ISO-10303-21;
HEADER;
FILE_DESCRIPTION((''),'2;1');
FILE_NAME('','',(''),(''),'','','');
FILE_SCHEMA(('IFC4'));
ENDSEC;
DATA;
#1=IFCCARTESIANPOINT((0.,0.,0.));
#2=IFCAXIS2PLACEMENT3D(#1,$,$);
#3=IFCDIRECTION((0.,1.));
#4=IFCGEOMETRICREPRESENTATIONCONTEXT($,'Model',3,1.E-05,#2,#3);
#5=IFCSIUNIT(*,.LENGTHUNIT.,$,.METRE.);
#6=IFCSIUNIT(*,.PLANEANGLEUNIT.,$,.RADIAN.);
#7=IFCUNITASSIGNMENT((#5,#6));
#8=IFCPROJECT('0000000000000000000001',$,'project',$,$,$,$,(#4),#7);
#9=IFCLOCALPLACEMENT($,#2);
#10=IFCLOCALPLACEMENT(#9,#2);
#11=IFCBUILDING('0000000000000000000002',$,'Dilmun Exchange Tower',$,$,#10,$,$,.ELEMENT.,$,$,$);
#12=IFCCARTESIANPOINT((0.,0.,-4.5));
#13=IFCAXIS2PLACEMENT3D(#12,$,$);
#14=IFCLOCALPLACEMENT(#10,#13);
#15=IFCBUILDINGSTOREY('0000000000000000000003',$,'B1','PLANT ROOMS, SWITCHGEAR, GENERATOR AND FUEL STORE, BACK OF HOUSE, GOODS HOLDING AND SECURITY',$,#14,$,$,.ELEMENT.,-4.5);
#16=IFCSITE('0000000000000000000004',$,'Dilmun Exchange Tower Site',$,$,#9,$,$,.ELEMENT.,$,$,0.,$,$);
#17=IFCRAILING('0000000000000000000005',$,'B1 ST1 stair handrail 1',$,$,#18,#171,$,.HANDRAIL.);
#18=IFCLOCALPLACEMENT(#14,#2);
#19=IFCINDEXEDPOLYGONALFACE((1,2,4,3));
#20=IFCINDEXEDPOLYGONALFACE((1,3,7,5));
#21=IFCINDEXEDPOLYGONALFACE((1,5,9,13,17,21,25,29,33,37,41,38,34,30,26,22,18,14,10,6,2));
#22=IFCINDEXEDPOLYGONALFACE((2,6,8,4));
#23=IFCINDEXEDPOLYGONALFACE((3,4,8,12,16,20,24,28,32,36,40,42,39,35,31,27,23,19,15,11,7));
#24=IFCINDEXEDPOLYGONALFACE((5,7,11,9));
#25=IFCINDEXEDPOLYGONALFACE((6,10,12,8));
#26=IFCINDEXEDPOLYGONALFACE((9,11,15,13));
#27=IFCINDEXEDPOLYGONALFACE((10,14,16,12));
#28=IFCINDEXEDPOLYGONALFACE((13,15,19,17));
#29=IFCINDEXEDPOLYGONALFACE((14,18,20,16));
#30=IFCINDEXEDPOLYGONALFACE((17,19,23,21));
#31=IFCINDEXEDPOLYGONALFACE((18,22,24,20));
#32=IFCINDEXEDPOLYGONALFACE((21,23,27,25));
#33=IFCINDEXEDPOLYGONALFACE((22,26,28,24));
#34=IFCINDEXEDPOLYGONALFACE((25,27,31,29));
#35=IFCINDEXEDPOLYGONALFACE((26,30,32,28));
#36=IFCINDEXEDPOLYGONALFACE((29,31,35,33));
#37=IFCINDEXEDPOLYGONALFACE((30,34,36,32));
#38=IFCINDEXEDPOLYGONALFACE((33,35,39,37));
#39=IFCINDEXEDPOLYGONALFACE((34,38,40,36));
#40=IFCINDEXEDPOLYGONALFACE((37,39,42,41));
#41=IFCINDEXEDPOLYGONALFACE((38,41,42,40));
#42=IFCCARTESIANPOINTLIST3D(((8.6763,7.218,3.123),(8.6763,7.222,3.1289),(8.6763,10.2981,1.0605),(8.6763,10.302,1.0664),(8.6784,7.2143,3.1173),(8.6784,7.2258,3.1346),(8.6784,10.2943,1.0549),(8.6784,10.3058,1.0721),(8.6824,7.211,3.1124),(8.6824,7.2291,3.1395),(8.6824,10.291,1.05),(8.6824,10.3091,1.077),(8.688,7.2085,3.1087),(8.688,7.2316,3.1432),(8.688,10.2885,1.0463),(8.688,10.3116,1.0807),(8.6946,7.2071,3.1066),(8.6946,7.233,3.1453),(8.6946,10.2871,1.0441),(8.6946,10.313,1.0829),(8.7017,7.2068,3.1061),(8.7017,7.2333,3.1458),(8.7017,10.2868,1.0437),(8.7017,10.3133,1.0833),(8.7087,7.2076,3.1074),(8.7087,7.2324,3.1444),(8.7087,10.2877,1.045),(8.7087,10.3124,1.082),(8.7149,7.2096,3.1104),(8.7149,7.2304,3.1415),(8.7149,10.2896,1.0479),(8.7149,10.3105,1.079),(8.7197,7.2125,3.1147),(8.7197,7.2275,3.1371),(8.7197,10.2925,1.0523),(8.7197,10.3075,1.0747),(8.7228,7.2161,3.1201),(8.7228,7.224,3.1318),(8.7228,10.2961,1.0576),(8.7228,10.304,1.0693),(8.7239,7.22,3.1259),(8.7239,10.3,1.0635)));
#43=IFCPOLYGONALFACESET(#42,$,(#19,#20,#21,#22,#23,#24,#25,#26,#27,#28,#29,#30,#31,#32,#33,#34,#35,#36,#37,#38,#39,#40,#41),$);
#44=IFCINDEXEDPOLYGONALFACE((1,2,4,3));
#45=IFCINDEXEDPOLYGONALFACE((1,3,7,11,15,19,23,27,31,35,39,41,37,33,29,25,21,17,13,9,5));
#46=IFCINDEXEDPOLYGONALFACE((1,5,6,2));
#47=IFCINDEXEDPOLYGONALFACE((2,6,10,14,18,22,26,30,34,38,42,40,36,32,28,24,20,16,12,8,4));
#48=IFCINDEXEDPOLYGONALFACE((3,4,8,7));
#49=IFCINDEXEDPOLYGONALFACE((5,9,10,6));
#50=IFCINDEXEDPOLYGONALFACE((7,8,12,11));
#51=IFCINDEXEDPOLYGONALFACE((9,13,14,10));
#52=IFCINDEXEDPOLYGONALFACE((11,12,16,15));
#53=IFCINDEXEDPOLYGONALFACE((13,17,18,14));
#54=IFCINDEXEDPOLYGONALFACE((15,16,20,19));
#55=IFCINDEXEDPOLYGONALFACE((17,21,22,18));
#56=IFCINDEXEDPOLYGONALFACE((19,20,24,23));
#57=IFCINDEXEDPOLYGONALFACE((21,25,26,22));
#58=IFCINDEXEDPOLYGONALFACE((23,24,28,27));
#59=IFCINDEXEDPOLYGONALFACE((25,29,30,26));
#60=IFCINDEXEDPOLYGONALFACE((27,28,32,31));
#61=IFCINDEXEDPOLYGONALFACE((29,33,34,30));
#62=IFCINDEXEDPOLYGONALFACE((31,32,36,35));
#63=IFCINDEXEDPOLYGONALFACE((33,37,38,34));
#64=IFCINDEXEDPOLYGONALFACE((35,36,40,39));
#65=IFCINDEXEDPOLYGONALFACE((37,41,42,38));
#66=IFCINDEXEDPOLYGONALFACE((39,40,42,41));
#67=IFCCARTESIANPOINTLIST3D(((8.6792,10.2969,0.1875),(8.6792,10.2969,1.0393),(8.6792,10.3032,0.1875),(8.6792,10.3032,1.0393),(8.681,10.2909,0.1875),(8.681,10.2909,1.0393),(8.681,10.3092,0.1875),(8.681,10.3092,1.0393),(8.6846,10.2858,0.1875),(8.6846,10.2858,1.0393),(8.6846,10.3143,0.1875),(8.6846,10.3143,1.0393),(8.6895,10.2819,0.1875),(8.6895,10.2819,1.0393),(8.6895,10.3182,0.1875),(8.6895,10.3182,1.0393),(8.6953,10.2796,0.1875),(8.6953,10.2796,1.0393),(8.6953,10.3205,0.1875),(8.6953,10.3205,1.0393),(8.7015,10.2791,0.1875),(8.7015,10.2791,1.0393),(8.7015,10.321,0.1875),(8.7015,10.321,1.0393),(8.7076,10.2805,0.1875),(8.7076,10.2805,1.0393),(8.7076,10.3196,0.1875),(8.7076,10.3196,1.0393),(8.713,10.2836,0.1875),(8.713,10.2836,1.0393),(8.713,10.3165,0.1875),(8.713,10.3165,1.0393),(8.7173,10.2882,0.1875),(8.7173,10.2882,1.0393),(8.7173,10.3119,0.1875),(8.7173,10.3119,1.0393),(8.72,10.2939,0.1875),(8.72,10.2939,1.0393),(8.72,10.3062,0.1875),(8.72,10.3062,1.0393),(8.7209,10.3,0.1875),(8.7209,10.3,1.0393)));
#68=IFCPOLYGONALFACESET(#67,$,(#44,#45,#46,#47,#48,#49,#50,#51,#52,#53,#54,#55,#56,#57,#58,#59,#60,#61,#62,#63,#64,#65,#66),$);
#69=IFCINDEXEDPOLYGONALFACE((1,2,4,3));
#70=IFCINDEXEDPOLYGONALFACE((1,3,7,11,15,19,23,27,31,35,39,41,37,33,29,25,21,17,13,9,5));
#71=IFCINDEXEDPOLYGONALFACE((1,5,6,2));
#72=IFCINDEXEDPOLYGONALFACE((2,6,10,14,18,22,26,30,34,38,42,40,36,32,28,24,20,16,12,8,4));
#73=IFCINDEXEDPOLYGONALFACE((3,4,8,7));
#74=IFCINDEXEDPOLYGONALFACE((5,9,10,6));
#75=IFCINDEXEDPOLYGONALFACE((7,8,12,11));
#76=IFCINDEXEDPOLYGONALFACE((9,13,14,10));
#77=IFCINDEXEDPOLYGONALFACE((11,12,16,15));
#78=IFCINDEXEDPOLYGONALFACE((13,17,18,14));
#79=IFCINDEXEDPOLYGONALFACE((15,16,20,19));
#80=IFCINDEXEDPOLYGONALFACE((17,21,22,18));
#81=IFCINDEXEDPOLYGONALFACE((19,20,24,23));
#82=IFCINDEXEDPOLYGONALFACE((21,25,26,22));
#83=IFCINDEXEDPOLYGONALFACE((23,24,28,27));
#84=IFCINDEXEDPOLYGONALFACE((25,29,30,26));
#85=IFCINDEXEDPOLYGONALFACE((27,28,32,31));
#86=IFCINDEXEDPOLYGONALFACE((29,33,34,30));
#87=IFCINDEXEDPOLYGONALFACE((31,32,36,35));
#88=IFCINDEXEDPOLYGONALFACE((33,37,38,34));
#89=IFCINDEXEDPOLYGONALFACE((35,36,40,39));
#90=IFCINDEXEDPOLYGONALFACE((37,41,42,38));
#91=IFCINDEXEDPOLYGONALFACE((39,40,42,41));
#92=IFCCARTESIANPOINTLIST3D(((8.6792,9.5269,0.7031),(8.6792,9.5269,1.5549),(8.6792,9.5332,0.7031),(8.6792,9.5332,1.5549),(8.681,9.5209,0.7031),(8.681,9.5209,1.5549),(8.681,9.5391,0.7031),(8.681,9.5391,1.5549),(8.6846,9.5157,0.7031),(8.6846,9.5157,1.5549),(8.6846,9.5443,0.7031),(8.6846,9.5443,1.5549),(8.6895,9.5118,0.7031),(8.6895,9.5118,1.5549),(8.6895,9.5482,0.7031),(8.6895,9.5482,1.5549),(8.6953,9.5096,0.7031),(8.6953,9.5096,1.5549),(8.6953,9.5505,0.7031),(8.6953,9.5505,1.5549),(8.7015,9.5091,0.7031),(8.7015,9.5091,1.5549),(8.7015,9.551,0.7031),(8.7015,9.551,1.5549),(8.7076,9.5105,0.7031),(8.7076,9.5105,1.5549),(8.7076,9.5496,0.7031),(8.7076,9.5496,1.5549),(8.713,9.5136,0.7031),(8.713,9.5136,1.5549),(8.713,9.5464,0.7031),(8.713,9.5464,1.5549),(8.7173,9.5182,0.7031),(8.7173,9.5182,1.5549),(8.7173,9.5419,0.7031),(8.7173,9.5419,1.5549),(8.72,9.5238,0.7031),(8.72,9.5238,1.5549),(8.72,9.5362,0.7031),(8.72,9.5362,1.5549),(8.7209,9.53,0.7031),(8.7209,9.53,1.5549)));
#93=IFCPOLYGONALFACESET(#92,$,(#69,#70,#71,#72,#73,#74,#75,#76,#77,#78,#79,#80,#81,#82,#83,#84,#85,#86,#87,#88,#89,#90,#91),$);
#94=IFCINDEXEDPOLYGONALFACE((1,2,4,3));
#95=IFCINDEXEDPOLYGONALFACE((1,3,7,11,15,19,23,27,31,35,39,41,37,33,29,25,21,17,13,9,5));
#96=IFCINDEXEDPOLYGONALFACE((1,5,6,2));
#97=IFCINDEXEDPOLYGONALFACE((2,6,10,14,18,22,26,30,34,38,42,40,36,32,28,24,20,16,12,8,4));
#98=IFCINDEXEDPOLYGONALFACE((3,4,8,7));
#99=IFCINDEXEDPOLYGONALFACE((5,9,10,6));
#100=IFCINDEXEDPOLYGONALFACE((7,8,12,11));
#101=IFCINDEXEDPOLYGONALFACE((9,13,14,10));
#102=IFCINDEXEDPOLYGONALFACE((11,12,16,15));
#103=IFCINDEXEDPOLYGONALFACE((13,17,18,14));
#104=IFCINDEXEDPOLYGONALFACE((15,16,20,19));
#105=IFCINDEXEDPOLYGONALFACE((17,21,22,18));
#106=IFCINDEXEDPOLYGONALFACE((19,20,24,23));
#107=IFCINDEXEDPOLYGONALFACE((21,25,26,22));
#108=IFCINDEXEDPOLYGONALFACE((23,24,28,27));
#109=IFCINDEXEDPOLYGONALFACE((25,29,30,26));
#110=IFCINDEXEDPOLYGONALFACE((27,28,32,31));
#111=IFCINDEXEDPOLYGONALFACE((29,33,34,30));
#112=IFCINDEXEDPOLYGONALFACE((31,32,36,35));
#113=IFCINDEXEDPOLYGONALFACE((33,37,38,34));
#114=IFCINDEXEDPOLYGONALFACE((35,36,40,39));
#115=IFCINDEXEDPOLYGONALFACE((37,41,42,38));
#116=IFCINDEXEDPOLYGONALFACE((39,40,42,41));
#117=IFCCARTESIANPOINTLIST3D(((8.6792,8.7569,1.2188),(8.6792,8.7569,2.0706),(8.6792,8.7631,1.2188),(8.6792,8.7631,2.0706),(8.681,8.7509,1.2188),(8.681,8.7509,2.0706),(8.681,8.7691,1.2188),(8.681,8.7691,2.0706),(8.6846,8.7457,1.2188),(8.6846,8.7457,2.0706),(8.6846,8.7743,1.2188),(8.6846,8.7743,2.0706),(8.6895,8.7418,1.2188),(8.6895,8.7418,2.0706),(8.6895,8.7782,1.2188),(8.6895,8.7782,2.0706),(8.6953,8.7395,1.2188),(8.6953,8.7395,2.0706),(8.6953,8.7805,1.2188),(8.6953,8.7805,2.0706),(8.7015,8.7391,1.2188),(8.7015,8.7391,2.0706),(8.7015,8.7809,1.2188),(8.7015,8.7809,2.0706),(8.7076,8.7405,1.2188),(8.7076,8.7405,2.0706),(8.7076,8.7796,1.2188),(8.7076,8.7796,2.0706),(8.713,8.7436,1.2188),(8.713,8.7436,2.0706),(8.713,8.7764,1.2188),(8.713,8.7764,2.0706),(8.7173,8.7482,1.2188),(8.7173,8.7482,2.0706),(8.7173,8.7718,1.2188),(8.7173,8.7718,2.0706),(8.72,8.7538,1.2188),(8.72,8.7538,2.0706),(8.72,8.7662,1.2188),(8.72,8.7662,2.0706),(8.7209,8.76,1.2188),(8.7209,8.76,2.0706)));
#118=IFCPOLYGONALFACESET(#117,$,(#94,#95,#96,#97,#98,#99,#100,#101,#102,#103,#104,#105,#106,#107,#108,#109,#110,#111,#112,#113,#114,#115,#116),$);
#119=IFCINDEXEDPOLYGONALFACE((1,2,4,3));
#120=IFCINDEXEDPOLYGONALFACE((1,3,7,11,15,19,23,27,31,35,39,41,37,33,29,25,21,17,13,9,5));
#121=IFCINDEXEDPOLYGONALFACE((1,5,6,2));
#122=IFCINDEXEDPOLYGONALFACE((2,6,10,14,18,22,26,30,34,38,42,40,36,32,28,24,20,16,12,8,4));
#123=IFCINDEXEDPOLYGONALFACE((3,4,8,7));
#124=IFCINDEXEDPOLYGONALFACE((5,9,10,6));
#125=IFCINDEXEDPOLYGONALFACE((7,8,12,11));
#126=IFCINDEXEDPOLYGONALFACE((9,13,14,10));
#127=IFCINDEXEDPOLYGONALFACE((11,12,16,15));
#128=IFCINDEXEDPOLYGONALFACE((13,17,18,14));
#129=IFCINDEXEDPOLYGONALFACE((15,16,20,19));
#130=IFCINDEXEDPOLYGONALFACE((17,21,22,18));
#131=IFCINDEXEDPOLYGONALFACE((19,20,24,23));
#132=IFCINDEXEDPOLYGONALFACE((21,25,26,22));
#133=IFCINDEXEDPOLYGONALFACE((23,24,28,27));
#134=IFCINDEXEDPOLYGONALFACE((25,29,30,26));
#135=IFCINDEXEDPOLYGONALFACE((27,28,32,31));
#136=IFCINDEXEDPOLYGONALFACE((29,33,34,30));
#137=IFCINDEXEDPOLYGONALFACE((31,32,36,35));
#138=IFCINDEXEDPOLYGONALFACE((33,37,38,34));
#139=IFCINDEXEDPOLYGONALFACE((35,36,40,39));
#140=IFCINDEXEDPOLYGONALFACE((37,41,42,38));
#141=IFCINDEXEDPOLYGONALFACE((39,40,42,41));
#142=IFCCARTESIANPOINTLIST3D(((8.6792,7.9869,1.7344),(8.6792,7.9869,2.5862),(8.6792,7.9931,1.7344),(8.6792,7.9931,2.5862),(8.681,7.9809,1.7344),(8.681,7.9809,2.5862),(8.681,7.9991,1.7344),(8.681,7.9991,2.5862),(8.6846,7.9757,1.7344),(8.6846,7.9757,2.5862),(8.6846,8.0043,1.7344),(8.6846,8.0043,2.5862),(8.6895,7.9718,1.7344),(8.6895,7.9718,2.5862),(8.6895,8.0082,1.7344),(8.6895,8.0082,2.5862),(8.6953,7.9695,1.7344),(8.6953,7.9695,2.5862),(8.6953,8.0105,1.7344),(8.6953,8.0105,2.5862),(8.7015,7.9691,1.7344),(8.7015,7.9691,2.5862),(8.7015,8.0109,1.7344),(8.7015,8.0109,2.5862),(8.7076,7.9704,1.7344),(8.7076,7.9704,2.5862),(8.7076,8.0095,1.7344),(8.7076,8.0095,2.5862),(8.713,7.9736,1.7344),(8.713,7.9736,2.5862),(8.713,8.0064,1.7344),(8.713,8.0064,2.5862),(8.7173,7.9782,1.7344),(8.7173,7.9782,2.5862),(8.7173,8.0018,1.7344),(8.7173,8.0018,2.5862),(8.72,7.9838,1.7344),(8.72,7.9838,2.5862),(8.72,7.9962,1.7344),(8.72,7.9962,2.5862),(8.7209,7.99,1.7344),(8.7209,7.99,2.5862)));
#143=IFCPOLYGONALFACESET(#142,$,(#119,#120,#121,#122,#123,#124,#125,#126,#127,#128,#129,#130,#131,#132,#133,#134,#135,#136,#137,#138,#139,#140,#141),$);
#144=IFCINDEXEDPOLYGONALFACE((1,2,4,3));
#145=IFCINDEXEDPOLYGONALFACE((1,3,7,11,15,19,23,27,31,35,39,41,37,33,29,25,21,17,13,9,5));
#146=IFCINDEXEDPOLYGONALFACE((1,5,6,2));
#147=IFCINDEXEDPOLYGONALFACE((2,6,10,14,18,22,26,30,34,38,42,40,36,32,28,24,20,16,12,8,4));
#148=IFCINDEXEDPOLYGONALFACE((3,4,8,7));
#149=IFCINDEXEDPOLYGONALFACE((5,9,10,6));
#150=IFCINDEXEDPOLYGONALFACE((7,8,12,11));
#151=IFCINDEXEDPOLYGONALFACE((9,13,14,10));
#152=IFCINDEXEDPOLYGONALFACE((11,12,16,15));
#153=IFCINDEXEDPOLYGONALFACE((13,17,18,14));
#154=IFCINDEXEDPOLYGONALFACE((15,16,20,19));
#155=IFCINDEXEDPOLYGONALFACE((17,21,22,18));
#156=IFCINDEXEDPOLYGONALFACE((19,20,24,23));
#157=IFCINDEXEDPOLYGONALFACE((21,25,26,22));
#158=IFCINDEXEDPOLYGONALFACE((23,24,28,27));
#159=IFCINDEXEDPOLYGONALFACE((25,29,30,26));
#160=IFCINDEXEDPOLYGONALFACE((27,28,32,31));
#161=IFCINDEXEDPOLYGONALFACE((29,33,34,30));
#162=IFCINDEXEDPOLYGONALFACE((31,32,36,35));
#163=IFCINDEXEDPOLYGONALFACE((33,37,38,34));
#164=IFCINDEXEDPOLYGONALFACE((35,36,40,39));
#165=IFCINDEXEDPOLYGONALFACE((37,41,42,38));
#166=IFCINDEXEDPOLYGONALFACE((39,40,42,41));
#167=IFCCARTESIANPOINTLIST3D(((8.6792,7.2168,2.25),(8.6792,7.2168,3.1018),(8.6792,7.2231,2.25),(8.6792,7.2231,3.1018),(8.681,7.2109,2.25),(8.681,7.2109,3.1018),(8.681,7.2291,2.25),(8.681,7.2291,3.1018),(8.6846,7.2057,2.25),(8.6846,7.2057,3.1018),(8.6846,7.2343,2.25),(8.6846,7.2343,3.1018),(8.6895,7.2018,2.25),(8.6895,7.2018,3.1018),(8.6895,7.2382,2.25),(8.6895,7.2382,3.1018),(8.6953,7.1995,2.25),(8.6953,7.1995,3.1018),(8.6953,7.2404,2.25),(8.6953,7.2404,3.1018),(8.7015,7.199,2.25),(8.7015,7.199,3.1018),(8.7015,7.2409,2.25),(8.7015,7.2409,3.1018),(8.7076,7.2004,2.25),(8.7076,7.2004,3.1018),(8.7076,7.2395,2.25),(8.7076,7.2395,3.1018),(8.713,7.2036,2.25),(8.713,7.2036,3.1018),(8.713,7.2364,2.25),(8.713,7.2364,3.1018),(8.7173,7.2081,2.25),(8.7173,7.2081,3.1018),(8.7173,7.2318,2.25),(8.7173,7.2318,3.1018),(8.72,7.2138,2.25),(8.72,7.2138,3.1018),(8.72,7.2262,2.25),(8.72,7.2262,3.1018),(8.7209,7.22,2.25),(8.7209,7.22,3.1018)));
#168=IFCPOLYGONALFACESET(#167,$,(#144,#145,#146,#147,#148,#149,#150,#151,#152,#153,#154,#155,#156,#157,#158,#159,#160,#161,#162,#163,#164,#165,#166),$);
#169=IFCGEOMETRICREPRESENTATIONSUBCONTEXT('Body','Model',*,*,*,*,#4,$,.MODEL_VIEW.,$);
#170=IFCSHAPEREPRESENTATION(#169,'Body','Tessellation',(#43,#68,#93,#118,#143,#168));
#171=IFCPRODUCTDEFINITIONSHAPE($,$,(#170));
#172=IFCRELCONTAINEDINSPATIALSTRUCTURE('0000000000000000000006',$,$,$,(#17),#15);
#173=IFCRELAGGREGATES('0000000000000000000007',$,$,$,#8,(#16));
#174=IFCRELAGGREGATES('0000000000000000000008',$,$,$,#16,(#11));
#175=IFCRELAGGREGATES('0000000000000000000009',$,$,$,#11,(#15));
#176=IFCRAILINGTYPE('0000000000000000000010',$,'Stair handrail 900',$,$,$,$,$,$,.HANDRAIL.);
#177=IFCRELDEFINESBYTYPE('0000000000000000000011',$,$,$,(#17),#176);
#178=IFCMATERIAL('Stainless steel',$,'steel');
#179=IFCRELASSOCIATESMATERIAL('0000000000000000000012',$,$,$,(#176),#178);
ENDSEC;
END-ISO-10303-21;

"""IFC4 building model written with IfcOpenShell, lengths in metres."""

from ifc_helpers import new_model, si_unit, direction, frame, origin, origin_2d, place, context, subcontext, project, spatial, circle, extrude, material, type_object, element, save


model = new_model("IFC4")

# Units and contexts
model_context = context("Model", 3, precision=1e-05, world=origin(), true_north=direction((0.0, 1.0)))
body_context = subcontext(model_context, "Body", "Model", "MODEL_VIEW")
ifc_project = project(units=[si_unit("LENGTHUNIT", "METRE"), si_unit("PLANEANGLEUNIT", "RADIAN")], contexts=[model_context])

# Site, building, storey
site_placement = place(None, origin())
site = spatial("IfcSite", under=ifc_project, at=site_placement, Name="Dilmun Exchange Tower Site", CompositionType="ELEMENT", RefElevation=0.0)
building_placement = place(site_placement, origin())
building = spatial("IfcBuilding", under=site, at=building_placement, Name="Dilmun Exchange Tower", CompositionType="ELEMENT")
storey_placement = place(building_placement, frame((0.0, 0.0, -4.5)))
storey = spatial("IfcBuildingStorey", under=building, at=storey_placement, Name="B1", Description="PLANT ROOMS, SWITCHGEAR, GENERATOR AND FUEL STORE, BACK OF HOUSE, GOODS HOLDING AND SECURITY", CompositionType="ELEMENT", Elevation=-4.5)

# Railing
ifc_material_1 = material(Name="Stainless steel", Category="steel")
railing_type = type_object("IfcRailingType", Name="Stair handrail 900", PredefinedType="HANDRAIL", material=ifc_material_1)
railing_1_placement = place(storey_placement, frame((8.7, 10.3, 0.1875)))
element("IfcRailing", 1, at=railing_1_placement, inside=storey, type_object=railing_type, Name="B1 ST1 stair handrail 1", PredefinedType="HANDRAIL", context=body_context, shape_type="SweptSolid", body=[
    extrude(circle(Radius=0.0239, at=origin_2d()), frame((0.0, 0.0, 0.876), z_axis=(0.0, -0.830914, 0.556401), x_axis=(1.0, 0.0, 0.0)), (0.0, 0.0, 1.0), 3.7068),
    extrude(circle(Radius=0.021, at=origin_2d()), origin(), (0.0, 0.0, 1.0), 0.8518),
    extrude(circle(Radius=0.021, at=origin_2d()), frame((0.0, -0.77, 0.5156)), (0.0, 0.0, 1.0), 0.8518),
    extrude(circle(Radius=0.021, at=origin_2d()), frame((0.0, -1.54, 1.0312)), (0.0, 0.0, 1.0), 0.8518),
    extrude(circle(Radius=0.021, at=origin_2d()), frame((0.0, -2.3101, 1.5469)), (0.0, 0.0, 1.0), 0.8518),
    extrude(circle(Radius=0.021, at=origin_2d()), frame((0.0, -3.0801, 2.0625)), (0.0, 0.0, 1.0), 0.8518),
])

save(model, "model.ifc")
